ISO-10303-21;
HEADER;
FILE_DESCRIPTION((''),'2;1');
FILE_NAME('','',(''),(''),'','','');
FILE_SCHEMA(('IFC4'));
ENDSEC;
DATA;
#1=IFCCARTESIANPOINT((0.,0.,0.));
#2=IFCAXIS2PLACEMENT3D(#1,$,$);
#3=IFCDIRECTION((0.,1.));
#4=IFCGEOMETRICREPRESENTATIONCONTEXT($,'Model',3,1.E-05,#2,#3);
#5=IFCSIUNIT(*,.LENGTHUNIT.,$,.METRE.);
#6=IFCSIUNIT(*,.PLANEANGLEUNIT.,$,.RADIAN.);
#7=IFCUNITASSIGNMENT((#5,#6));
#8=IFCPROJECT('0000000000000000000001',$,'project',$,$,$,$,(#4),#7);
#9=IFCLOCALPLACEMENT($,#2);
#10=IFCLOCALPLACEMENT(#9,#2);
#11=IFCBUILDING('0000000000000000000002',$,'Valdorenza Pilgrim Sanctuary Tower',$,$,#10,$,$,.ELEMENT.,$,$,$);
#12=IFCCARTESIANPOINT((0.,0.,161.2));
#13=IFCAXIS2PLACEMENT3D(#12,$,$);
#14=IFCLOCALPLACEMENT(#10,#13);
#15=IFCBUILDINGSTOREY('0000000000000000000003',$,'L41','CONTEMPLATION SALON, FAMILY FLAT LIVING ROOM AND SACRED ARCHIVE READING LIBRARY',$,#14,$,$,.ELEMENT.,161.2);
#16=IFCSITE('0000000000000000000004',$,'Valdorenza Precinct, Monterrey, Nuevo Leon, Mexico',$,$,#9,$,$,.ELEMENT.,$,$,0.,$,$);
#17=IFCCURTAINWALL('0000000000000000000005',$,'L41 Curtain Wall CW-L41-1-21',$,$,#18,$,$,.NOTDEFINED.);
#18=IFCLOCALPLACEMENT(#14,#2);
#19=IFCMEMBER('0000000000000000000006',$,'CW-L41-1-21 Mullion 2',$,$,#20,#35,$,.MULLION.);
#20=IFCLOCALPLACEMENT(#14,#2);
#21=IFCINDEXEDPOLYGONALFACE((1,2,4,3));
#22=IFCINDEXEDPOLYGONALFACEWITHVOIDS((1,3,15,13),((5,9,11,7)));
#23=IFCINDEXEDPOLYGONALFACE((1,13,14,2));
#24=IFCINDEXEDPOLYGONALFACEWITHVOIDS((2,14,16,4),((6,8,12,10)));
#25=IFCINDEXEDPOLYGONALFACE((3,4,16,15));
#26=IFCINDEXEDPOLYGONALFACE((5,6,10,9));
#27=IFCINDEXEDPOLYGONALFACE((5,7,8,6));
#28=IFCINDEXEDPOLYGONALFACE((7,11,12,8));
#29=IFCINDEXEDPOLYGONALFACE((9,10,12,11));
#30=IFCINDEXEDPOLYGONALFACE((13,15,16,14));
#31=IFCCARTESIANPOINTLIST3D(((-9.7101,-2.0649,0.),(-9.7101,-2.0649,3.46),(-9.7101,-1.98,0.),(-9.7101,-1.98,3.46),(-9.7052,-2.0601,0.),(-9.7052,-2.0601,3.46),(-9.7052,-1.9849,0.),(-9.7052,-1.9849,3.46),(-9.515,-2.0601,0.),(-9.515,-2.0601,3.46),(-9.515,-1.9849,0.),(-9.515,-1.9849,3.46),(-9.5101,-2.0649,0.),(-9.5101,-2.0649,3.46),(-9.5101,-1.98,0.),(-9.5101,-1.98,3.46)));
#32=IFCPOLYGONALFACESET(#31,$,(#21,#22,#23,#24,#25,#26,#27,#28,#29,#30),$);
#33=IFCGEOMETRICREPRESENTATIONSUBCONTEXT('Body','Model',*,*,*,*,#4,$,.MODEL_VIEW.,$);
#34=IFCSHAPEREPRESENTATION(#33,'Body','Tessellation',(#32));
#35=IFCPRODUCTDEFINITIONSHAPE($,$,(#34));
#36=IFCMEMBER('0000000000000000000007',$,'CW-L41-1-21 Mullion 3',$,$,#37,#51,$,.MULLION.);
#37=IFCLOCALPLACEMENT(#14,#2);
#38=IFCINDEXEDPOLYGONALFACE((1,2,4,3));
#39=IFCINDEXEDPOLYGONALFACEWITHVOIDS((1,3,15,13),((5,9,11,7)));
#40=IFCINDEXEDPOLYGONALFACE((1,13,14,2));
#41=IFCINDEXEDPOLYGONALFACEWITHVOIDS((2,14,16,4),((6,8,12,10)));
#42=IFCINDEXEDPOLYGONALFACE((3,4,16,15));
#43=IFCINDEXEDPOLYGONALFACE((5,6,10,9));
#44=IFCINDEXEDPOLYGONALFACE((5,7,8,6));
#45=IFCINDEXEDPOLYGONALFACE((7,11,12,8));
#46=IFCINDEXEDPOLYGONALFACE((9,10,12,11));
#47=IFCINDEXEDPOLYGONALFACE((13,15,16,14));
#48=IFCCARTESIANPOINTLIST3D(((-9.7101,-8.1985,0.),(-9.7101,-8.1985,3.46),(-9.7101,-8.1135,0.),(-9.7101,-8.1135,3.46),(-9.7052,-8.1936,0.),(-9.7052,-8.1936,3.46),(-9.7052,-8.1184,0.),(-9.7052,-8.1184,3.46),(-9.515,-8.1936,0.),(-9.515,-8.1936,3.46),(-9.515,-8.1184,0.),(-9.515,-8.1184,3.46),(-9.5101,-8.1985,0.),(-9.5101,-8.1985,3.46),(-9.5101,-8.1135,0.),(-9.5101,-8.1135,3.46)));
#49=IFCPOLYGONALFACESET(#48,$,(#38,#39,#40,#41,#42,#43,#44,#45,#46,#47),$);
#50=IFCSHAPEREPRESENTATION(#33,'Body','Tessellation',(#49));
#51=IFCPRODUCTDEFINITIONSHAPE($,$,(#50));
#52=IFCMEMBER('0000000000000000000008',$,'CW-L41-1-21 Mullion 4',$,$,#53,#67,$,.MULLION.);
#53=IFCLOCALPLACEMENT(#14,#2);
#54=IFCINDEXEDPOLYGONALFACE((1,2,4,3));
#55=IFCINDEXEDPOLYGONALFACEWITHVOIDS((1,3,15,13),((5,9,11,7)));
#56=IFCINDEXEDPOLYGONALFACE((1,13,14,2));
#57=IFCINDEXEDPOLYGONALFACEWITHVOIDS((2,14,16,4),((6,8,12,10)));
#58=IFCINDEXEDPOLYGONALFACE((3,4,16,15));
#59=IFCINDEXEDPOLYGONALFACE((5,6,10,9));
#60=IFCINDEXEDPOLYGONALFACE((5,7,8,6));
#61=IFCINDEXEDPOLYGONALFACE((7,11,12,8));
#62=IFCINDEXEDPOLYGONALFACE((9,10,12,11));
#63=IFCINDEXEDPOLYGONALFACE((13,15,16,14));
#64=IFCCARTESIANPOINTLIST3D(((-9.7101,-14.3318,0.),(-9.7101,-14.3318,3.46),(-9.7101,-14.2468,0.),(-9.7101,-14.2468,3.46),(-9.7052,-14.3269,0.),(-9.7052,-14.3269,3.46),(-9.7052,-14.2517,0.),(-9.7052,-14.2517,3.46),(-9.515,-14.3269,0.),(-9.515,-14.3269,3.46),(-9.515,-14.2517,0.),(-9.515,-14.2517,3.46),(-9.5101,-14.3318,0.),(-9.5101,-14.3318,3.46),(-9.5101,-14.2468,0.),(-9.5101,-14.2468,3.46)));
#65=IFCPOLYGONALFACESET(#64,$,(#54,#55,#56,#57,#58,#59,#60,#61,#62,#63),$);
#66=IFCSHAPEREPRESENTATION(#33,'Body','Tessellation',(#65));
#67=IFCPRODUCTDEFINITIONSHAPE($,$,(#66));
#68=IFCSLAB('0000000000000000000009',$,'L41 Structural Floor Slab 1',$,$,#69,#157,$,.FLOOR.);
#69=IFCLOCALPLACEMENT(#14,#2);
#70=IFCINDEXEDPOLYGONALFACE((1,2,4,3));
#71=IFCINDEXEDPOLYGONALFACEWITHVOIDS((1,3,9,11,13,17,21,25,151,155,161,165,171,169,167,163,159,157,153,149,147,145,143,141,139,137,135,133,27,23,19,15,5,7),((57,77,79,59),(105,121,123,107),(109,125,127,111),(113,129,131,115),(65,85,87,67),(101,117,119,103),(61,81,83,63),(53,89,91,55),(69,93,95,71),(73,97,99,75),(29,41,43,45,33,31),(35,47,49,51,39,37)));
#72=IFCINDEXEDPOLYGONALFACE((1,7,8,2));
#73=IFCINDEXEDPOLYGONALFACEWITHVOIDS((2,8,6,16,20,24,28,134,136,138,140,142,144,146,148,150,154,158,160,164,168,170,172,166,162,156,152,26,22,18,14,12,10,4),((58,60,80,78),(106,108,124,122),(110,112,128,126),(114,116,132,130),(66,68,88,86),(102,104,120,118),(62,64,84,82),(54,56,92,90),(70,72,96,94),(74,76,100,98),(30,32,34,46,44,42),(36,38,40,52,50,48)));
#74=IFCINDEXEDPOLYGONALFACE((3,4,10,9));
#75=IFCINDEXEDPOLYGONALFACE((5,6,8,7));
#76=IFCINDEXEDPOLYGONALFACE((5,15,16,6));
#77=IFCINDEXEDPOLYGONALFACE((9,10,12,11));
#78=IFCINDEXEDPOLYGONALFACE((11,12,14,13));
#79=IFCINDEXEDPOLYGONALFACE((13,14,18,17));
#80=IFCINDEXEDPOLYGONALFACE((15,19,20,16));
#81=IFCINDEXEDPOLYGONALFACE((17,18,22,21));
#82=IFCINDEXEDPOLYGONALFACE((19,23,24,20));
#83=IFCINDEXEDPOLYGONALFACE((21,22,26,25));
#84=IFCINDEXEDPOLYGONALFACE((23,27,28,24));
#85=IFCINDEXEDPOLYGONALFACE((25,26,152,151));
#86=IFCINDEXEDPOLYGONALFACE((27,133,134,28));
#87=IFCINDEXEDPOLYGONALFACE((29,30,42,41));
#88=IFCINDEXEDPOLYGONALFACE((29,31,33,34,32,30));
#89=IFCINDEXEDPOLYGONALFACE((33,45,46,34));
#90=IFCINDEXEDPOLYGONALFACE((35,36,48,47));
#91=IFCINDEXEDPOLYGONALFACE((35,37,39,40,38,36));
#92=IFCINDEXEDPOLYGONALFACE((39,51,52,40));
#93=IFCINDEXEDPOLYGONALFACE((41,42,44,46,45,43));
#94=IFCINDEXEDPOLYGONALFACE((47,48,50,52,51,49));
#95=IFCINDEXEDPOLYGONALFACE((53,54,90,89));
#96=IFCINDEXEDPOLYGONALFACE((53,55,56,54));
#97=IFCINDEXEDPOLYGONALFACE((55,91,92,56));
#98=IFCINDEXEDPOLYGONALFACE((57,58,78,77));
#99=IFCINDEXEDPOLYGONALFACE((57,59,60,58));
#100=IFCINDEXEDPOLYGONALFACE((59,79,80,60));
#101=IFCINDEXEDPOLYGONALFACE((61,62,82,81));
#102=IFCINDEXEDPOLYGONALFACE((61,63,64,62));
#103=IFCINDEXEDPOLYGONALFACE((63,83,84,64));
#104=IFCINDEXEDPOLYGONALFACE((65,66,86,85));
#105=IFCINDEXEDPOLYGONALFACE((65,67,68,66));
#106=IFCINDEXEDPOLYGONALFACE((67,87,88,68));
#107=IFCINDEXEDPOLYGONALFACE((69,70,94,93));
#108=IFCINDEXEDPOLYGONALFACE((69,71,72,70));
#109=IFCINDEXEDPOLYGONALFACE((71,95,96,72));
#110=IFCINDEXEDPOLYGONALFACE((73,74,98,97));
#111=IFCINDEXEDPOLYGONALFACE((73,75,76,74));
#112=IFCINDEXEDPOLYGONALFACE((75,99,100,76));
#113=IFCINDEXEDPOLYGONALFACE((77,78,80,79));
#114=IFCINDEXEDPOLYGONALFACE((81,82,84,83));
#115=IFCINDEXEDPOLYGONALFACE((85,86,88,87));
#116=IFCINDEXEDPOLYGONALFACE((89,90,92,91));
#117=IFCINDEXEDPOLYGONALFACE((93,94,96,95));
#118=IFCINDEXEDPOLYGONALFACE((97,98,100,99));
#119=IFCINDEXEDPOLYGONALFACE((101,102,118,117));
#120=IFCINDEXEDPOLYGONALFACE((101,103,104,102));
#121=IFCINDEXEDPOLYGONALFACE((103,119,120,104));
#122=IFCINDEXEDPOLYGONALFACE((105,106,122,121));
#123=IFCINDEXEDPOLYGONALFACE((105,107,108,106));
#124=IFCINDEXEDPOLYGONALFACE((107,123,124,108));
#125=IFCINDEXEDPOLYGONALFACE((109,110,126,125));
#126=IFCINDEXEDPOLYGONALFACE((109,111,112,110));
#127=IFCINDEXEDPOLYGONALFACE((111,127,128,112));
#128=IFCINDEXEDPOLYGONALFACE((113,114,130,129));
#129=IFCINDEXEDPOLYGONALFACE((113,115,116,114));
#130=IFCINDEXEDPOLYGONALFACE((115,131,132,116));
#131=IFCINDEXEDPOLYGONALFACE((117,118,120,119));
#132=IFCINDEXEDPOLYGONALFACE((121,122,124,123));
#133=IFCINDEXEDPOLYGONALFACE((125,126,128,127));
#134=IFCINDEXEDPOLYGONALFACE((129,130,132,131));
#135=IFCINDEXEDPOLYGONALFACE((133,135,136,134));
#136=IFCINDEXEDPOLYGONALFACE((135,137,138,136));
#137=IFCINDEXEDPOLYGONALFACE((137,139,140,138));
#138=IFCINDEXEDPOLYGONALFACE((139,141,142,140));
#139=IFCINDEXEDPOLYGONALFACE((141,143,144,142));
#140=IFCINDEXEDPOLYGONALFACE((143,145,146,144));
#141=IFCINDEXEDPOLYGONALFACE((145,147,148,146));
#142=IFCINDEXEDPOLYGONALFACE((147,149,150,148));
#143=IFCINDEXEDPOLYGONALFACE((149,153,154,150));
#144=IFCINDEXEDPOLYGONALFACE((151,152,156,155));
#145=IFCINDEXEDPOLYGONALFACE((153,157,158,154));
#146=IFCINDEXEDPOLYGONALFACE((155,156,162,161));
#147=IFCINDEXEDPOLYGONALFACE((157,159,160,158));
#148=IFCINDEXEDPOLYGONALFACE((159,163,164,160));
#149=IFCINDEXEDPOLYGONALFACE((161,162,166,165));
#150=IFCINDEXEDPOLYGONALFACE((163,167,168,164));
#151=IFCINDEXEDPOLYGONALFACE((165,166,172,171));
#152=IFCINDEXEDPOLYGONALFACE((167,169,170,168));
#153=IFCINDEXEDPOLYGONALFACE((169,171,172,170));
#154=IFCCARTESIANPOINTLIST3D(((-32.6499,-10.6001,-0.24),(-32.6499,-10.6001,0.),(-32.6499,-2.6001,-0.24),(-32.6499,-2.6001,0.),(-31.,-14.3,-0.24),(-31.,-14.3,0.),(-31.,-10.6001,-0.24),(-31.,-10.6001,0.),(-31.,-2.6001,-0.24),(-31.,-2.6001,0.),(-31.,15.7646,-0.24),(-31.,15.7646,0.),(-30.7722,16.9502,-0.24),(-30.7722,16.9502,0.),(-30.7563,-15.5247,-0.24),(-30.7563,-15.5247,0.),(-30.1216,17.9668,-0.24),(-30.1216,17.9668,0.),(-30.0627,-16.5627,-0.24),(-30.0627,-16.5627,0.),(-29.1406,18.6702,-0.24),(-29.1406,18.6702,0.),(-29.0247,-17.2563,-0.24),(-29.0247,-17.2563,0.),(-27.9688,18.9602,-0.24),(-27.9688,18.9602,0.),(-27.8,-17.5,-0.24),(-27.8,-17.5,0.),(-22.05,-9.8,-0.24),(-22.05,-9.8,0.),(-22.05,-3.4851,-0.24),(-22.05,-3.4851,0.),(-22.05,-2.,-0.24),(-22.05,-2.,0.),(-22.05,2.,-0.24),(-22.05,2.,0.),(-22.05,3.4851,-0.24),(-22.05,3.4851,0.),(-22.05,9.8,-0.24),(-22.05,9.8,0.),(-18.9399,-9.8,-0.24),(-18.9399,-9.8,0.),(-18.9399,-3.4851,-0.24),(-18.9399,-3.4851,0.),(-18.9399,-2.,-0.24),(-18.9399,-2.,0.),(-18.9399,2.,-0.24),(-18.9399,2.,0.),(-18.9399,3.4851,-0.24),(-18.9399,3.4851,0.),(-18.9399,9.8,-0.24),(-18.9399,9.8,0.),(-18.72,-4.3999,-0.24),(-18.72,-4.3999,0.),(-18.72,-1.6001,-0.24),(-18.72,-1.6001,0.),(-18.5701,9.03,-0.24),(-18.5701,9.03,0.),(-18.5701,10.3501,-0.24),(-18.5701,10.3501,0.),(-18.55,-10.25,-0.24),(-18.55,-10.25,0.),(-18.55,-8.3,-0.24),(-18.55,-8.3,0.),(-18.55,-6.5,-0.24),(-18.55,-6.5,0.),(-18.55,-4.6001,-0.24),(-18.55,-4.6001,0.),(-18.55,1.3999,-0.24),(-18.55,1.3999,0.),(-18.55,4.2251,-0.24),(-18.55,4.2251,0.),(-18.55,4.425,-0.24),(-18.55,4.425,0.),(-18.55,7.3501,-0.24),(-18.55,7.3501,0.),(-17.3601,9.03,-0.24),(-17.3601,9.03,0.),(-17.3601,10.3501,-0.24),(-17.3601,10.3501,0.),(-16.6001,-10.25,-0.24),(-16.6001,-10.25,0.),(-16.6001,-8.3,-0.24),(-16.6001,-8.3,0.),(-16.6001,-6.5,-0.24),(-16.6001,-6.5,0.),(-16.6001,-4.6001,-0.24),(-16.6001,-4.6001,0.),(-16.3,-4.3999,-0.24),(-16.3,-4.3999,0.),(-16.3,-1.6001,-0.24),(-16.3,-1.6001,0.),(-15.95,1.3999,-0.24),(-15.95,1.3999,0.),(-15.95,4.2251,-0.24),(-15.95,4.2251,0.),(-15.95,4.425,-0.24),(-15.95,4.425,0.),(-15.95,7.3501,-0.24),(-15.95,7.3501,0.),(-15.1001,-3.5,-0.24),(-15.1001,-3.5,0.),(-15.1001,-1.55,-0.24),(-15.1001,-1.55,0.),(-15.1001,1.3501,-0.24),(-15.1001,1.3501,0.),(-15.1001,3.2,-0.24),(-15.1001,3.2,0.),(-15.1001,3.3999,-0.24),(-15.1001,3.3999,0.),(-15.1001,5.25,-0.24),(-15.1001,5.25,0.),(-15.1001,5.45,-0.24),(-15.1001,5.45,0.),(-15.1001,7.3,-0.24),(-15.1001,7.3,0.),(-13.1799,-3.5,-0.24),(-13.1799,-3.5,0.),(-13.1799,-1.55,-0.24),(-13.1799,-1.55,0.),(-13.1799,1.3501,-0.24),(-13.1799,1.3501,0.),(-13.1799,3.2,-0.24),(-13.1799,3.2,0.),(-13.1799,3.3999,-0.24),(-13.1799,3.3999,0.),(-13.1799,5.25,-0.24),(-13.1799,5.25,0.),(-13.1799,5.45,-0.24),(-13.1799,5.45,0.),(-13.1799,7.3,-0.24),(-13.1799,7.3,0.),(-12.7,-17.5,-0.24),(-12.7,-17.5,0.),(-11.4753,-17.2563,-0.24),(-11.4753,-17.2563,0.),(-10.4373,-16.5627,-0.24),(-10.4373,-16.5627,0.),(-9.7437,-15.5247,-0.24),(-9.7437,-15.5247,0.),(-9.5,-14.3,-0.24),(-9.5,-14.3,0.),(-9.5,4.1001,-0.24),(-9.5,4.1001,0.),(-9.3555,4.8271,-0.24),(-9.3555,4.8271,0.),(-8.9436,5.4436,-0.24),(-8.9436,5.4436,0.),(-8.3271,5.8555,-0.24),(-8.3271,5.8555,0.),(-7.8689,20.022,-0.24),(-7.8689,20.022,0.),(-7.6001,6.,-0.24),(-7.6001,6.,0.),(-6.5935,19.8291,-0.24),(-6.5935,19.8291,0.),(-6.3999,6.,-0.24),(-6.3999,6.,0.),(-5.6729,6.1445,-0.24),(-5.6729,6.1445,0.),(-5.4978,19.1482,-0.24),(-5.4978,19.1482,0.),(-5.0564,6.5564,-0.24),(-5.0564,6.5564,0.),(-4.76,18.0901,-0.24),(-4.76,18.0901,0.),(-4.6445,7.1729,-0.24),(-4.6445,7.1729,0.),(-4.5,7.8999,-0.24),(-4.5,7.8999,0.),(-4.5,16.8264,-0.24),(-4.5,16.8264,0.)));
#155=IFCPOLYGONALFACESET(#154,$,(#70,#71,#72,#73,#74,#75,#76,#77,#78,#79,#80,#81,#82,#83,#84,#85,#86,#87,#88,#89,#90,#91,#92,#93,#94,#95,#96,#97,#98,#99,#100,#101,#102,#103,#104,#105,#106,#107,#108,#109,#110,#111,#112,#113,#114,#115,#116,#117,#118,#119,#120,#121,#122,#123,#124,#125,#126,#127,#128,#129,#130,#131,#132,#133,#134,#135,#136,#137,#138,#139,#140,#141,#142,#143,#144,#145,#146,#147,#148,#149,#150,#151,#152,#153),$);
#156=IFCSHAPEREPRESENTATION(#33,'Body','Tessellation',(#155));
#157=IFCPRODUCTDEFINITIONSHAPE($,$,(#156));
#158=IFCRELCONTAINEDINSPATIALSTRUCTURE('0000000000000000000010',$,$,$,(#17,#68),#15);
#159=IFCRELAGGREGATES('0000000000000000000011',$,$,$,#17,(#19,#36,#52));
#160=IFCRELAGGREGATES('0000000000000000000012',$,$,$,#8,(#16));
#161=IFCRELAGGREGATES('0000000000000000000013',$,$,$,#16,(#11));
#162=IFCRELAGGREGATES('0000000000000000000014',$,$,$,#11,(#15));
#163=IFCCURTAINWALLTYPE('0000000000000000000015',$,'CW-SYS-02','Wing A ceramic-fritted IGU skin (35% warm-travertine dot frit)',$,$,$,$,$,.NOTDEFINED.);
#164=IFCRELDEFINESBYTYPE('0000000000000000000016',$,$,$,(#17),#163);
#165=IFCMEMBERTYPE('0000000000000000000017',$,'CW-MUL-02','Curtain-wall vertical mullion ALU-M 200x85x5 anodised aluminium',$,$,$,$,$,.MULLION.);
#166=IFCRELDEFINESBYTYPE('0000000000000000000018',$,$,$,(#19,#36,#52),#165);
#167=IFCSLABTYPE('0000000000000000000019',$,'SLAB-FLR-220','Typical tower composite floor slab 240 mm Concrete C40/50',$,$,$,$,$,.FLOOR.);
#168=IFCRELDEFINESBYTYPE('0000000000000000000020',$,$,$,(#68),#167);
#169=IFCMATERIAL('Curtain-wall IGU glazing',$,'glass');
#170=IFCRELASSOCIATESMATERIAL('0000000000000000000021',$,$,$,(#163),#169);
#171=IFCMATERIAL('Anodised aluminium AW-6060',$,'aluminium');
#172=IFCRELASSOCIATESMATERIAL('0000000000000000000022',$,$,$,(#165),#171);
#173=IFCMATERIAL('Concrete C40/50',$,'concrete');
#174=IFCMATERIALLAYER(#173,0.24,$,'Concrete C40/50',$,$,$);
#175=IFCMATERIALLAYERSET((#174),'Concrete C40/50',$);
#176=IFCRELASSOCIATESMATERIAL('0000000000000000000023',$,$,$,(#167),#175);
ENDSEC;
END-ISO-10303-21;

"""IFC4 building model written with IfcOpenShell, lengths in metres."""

from ifc_helpers import new_model, si_unit, direction, frame, origin, origin_2d, place, context, subcontext, project, spatial, polyline, hollow_rectangle, outline, extrude, source, transform, mapped, material, layer, layer_set, material_profile, profile_set, type_object, element, aggregate, save


model = new_model("IFC4")

# Units and contexts
model_context = context("Model", 3, precision=1e-05, world=origin(), true_north=direction((0.0, 1.0)))
body_context = subcontext(model_context, "Body", "Model", "MODEL_VIEW")
ifc_project = project(units=[si_unit("LENGTHUNIT", "METRE"), si_unit("PLANEANGLEUNIT", "RADIAN")], contexts=[model_context])

# Site, building, storey
site_placement = place(None, origin())
site = spatial("IfcSite", under=ifc_project, at=site_placement, Name="Valdorenza Precinct, Monterrey, Nuevo Leon, Mexico", CompositionType="ELEMENT", RefElevation=0.0)
building_placement = place(site_placement, origin())
building = spatial("IfcBuilding", under=site, at=building_placement, Name="Valdorenza Pilgrim Sanctuary Tower", CompositionType="ELEMENT")
storey_placement = place(building_placement, frame((0.0, 0.0, 161.2)))
storey = spatial("IfcBuildingStorey", under=building, at=storey_placement, Name="L41", Description="CONTEMPLATION SALON, FAMILY FLAT LIVING ROOM AND SACRED ARCHIVE READING LIBRARY", CompositionType="ELEMENT", Elevation=161.2)

# Curtain wall, members
ifc_material_1 = material(Name="Curtain-wall IGU glazing", Category="glass")
curtain_wall_type = type_object("IfcCurtainWallType", Name="CW-SYS-02", Description="Wing A ceramic-fritted IGU skin (35% warm-travertine dot frit)", PredefinedType="NOTDEFINED", material=ifc_material_1)
curtain_wall_placement = place(storey_placement, origin())
curtain_wall = element("IfcCurtainWall", 1, at=curtain_wall_placement, inside=storey, type_object=curtain_wall_type, Name="L41 Curtain Wall CW-L41-1-21", PredefinedType="NOTDEFINED")
ifc_material_2 = material(Name="Anodised aluminium AW-6060", Category="aluminium")
ifc_material_profile = material_profile(ifc_material_2, hollow_rectangle(XDim=0.085, YDim=0.2, WallThickness=0.0049, at=origin_2d()), Name="ALU-M 200x85x5")
ifc_profile_set = profile_set([ifc_material_profile], Name="Anodised aluminium AW-6060")
member_type = type_object("IfcMemberType", Name="CW-MUL-02", Description="Curtain-wall vertical mullion ALU-M 200x85x5 anodised aluminium", PredefinedType="MULLION", material=ifc_profile_set)
shared_shape_1 = source(origin(), body_context, "Body", "SweptSolid", [
    extrude(hollow_rectangle(XDim=0.085, YDim=0.2, WallThickness=0.0049, at=origin_2d()), origin(), (0.0, 0.0, 1.0), 3.46),
])
member_1_placement = place(storey_placement, frame((-9.6101, -2.0225, 0.0), z_axis=(0.0, 0.0, 1.0), x_axis=(0.0, -1.0, 0.0)))
member_1 = element("IfcMember", 2, at=member_1_placement, type_object=member_type, Name="CW-L41-1-21 Mullion 2", PredefinedType="MULLION", context=body_context, shape_type="MappedRepresentation", body=[
    mapped(shared_shape_1, transform((0.0, 0.0, 0.0), x_axis=(1.0, 0.0, 0.0), y_axis=(0.0, 1.0, 0.0), z_axis=(0.0, 0.0, 1.0), scale=1.0)),
])
member_2_placement = place(storey_placement, frame((-9.6101, -8.156, 0.0), z_axis=(0.0, 0.0, 1.0), x_axis=(0.0, -1.0, 0.0)))
member_2 = element("IfcMember", 3, at=member_2_placement, type_object=member_type, Name="CW-L41-1-21 Mullion 3", PredefinedType="MULLION", context=body_context, shape_type="MappedRepresentation", body=[
    mapped(shared_shape_1, transform((0.0, 0.0, 0.0), x_axis=(1.0, 0.0, 0.0), y_axis=(0.0, 1.0, 0.0), z_axis=(0.0, 0.0, 1.0), scale=1.0)),
])
member_3_placement = place(storey_placement, frame((-9.6101, -14.2893, 0.0), z_axis=(0.0, 0.0, 1.0), x_axis=(0.0, -1.0, 0.0)))
member_3 = element("IfcMember", 4, at=member_3_placement, type_object=member_type, Name="CW-L41-1-21 Mullion 4", PredefinedType="MULLION", context=body_context, shape_type="MappedRepresentation", body=[
    mapped(shared_shape_1, transform((0.0, 0.0, 0.0), x_axis=(1.0, 0.0, 0.0), y_axis=(0.0, 1.0, 0.0), z_axis=(0.0, 0.0, 1.0), scale=1.0)),
])

# Slab
ifc_material_3 = material(Name="Concrete C40/50", Category="concrete")
ifc_layer_1 = layer(ifc_material_3, 0.24, Name="Concrete C40/50")
ifc_layer_set_1 = layer_set([ifc_layer_1], Name="Concrete C40/50")
slab_type_1 = type_object("IfcSlabType", Name="SLAB-FLR-220", Description="Typical tower composite floor slab 240 mm Concrete C40/50", PredefinedType="FLOOR", material=ifc_layer_set_1)
slab_1_placement = place(storey_placement, frame((0.0, 0.0, -0.24)))
element("IfcSlab", 5, at=slab_1_placement, inside=storey, type_object=slab_type_1, Name="L41 Structural Floor Slab 1", PredefinedType="FLOOR", context=body_context, shape_type="SweptSolid", body=[
    extrude(outline(polyline([(-32.6499, -2.6001), (-31.0, -2.6001), (-31.0, 15.7646), (-30.7722, 16.9502), (-30.1216, 17.9668), (-29.1406, 18.6702), (-27.9688, 18.9602), (-7.8689, 20.022), (-6.5935, 19.8291), (-5.4978, 19.1482), (-4.76, 18.0901), (-4.5, 16.8264), (-4.5, 7.8999), (-4.6445, 7.1729), (-5.0564, 6.5564), (-5.6729, 6.1445), (-6.3999, 6.0), (-7.6001, 6.0), (-8.3271, 5.8555), (-8.9436, 5.4436), (-9.3555, 4.8271), (-9.5, 4.1001), (-9.5, -14.3), (-9.7437, -15.5247), (-10.4373, -16.5627), (-11.4753, -17.2563), (-12.7, -17.5), (-27.8, -17.5), (-29.0247, -17.2563), (-30.0627, -16.5627), (-30.7563, -15.5247), (-31.0, -14.3), (-31.0, -10.6001), (-32.6499, -10.6001), (-32.6499, -2.6001)]), holes=[polyline([(-16.6001, -10.25), (-16.6001, -8.3), (-18.55, -8.3), (-18.55, -10.25), (-16.6001, -10.25)]), polyline([(-22.05, -9.8), (-18.9399, -9.8), (-18.9399, -3.4851), (-18.9399, -2.0), (-22.05, -2.0), (-22.05, -3.4851), (-22.05, -9.8)]), polyline([(-16.6001, -6.5), (-16.6001, -4.6001), (-18.55, -4.6001), (-18.55, -6.5), (-16.6001, -6.5)]), polyline([(-18.72, -4.3999), (-16.3, -4.3999), (-16.3, -1.6001), (-18.72, -1.6001), (-18.72, -4.3999)]), polyline([(-13.1799, 1.3501), (-13.1799, 3.2), (-15.1001, 3.2), (-15.1001, 1.3501), (-13.1799, 1.3501)]), polyline([(-22.05, 2.0), (-18.9399, 2.0), (-18.9399, 3.4851), (-18.9399, 9.8), (-22.05, 9.8), (-22.05, 3.4851), (-22.05, 2.0)]), polyline([(-15.95, 1.3999), (-15.95, 4.2251), (-18.55, 4.2251), (-18.55, 1.3999), (-15.95, 1.3999)]), polyline([(-18.55, 4.425), (-15.95, 4.425), (-15.95, 7.3501), (-18.55, 7.3501), (-18.55, 4.425)]), polyline([(-17.3601, 9.03), (-17.3601, 10.3501), (-18.5701, 10.3501), (-18.5701, 9.03), (-17.3601, 9.03)]), polyline([(-13.1799, -3.5), (-13.1799, -1.55), (-15.1001, -1.55), (-15.1001, -3.5), (-13.1799, -3.5)]), polyline([(-13.1799, 3.3999), (-13.1799, 5.25), (-15.1001, 5.25), (-15.1001, 3.3999), (-13.1799, 3.3999)]), polyline([(-13.1799, 5.45), (-13.1799, 7.3), (-15.1001, 7.3), (-15.1001, 5.45), (-13.1799, 5.45)])]), origin(), (0.0, 0.0, 1.0), 0.24),
])

aggregate(curtain_wall, [member_1, member_2, member_3])

save(model, "model.ifc")
